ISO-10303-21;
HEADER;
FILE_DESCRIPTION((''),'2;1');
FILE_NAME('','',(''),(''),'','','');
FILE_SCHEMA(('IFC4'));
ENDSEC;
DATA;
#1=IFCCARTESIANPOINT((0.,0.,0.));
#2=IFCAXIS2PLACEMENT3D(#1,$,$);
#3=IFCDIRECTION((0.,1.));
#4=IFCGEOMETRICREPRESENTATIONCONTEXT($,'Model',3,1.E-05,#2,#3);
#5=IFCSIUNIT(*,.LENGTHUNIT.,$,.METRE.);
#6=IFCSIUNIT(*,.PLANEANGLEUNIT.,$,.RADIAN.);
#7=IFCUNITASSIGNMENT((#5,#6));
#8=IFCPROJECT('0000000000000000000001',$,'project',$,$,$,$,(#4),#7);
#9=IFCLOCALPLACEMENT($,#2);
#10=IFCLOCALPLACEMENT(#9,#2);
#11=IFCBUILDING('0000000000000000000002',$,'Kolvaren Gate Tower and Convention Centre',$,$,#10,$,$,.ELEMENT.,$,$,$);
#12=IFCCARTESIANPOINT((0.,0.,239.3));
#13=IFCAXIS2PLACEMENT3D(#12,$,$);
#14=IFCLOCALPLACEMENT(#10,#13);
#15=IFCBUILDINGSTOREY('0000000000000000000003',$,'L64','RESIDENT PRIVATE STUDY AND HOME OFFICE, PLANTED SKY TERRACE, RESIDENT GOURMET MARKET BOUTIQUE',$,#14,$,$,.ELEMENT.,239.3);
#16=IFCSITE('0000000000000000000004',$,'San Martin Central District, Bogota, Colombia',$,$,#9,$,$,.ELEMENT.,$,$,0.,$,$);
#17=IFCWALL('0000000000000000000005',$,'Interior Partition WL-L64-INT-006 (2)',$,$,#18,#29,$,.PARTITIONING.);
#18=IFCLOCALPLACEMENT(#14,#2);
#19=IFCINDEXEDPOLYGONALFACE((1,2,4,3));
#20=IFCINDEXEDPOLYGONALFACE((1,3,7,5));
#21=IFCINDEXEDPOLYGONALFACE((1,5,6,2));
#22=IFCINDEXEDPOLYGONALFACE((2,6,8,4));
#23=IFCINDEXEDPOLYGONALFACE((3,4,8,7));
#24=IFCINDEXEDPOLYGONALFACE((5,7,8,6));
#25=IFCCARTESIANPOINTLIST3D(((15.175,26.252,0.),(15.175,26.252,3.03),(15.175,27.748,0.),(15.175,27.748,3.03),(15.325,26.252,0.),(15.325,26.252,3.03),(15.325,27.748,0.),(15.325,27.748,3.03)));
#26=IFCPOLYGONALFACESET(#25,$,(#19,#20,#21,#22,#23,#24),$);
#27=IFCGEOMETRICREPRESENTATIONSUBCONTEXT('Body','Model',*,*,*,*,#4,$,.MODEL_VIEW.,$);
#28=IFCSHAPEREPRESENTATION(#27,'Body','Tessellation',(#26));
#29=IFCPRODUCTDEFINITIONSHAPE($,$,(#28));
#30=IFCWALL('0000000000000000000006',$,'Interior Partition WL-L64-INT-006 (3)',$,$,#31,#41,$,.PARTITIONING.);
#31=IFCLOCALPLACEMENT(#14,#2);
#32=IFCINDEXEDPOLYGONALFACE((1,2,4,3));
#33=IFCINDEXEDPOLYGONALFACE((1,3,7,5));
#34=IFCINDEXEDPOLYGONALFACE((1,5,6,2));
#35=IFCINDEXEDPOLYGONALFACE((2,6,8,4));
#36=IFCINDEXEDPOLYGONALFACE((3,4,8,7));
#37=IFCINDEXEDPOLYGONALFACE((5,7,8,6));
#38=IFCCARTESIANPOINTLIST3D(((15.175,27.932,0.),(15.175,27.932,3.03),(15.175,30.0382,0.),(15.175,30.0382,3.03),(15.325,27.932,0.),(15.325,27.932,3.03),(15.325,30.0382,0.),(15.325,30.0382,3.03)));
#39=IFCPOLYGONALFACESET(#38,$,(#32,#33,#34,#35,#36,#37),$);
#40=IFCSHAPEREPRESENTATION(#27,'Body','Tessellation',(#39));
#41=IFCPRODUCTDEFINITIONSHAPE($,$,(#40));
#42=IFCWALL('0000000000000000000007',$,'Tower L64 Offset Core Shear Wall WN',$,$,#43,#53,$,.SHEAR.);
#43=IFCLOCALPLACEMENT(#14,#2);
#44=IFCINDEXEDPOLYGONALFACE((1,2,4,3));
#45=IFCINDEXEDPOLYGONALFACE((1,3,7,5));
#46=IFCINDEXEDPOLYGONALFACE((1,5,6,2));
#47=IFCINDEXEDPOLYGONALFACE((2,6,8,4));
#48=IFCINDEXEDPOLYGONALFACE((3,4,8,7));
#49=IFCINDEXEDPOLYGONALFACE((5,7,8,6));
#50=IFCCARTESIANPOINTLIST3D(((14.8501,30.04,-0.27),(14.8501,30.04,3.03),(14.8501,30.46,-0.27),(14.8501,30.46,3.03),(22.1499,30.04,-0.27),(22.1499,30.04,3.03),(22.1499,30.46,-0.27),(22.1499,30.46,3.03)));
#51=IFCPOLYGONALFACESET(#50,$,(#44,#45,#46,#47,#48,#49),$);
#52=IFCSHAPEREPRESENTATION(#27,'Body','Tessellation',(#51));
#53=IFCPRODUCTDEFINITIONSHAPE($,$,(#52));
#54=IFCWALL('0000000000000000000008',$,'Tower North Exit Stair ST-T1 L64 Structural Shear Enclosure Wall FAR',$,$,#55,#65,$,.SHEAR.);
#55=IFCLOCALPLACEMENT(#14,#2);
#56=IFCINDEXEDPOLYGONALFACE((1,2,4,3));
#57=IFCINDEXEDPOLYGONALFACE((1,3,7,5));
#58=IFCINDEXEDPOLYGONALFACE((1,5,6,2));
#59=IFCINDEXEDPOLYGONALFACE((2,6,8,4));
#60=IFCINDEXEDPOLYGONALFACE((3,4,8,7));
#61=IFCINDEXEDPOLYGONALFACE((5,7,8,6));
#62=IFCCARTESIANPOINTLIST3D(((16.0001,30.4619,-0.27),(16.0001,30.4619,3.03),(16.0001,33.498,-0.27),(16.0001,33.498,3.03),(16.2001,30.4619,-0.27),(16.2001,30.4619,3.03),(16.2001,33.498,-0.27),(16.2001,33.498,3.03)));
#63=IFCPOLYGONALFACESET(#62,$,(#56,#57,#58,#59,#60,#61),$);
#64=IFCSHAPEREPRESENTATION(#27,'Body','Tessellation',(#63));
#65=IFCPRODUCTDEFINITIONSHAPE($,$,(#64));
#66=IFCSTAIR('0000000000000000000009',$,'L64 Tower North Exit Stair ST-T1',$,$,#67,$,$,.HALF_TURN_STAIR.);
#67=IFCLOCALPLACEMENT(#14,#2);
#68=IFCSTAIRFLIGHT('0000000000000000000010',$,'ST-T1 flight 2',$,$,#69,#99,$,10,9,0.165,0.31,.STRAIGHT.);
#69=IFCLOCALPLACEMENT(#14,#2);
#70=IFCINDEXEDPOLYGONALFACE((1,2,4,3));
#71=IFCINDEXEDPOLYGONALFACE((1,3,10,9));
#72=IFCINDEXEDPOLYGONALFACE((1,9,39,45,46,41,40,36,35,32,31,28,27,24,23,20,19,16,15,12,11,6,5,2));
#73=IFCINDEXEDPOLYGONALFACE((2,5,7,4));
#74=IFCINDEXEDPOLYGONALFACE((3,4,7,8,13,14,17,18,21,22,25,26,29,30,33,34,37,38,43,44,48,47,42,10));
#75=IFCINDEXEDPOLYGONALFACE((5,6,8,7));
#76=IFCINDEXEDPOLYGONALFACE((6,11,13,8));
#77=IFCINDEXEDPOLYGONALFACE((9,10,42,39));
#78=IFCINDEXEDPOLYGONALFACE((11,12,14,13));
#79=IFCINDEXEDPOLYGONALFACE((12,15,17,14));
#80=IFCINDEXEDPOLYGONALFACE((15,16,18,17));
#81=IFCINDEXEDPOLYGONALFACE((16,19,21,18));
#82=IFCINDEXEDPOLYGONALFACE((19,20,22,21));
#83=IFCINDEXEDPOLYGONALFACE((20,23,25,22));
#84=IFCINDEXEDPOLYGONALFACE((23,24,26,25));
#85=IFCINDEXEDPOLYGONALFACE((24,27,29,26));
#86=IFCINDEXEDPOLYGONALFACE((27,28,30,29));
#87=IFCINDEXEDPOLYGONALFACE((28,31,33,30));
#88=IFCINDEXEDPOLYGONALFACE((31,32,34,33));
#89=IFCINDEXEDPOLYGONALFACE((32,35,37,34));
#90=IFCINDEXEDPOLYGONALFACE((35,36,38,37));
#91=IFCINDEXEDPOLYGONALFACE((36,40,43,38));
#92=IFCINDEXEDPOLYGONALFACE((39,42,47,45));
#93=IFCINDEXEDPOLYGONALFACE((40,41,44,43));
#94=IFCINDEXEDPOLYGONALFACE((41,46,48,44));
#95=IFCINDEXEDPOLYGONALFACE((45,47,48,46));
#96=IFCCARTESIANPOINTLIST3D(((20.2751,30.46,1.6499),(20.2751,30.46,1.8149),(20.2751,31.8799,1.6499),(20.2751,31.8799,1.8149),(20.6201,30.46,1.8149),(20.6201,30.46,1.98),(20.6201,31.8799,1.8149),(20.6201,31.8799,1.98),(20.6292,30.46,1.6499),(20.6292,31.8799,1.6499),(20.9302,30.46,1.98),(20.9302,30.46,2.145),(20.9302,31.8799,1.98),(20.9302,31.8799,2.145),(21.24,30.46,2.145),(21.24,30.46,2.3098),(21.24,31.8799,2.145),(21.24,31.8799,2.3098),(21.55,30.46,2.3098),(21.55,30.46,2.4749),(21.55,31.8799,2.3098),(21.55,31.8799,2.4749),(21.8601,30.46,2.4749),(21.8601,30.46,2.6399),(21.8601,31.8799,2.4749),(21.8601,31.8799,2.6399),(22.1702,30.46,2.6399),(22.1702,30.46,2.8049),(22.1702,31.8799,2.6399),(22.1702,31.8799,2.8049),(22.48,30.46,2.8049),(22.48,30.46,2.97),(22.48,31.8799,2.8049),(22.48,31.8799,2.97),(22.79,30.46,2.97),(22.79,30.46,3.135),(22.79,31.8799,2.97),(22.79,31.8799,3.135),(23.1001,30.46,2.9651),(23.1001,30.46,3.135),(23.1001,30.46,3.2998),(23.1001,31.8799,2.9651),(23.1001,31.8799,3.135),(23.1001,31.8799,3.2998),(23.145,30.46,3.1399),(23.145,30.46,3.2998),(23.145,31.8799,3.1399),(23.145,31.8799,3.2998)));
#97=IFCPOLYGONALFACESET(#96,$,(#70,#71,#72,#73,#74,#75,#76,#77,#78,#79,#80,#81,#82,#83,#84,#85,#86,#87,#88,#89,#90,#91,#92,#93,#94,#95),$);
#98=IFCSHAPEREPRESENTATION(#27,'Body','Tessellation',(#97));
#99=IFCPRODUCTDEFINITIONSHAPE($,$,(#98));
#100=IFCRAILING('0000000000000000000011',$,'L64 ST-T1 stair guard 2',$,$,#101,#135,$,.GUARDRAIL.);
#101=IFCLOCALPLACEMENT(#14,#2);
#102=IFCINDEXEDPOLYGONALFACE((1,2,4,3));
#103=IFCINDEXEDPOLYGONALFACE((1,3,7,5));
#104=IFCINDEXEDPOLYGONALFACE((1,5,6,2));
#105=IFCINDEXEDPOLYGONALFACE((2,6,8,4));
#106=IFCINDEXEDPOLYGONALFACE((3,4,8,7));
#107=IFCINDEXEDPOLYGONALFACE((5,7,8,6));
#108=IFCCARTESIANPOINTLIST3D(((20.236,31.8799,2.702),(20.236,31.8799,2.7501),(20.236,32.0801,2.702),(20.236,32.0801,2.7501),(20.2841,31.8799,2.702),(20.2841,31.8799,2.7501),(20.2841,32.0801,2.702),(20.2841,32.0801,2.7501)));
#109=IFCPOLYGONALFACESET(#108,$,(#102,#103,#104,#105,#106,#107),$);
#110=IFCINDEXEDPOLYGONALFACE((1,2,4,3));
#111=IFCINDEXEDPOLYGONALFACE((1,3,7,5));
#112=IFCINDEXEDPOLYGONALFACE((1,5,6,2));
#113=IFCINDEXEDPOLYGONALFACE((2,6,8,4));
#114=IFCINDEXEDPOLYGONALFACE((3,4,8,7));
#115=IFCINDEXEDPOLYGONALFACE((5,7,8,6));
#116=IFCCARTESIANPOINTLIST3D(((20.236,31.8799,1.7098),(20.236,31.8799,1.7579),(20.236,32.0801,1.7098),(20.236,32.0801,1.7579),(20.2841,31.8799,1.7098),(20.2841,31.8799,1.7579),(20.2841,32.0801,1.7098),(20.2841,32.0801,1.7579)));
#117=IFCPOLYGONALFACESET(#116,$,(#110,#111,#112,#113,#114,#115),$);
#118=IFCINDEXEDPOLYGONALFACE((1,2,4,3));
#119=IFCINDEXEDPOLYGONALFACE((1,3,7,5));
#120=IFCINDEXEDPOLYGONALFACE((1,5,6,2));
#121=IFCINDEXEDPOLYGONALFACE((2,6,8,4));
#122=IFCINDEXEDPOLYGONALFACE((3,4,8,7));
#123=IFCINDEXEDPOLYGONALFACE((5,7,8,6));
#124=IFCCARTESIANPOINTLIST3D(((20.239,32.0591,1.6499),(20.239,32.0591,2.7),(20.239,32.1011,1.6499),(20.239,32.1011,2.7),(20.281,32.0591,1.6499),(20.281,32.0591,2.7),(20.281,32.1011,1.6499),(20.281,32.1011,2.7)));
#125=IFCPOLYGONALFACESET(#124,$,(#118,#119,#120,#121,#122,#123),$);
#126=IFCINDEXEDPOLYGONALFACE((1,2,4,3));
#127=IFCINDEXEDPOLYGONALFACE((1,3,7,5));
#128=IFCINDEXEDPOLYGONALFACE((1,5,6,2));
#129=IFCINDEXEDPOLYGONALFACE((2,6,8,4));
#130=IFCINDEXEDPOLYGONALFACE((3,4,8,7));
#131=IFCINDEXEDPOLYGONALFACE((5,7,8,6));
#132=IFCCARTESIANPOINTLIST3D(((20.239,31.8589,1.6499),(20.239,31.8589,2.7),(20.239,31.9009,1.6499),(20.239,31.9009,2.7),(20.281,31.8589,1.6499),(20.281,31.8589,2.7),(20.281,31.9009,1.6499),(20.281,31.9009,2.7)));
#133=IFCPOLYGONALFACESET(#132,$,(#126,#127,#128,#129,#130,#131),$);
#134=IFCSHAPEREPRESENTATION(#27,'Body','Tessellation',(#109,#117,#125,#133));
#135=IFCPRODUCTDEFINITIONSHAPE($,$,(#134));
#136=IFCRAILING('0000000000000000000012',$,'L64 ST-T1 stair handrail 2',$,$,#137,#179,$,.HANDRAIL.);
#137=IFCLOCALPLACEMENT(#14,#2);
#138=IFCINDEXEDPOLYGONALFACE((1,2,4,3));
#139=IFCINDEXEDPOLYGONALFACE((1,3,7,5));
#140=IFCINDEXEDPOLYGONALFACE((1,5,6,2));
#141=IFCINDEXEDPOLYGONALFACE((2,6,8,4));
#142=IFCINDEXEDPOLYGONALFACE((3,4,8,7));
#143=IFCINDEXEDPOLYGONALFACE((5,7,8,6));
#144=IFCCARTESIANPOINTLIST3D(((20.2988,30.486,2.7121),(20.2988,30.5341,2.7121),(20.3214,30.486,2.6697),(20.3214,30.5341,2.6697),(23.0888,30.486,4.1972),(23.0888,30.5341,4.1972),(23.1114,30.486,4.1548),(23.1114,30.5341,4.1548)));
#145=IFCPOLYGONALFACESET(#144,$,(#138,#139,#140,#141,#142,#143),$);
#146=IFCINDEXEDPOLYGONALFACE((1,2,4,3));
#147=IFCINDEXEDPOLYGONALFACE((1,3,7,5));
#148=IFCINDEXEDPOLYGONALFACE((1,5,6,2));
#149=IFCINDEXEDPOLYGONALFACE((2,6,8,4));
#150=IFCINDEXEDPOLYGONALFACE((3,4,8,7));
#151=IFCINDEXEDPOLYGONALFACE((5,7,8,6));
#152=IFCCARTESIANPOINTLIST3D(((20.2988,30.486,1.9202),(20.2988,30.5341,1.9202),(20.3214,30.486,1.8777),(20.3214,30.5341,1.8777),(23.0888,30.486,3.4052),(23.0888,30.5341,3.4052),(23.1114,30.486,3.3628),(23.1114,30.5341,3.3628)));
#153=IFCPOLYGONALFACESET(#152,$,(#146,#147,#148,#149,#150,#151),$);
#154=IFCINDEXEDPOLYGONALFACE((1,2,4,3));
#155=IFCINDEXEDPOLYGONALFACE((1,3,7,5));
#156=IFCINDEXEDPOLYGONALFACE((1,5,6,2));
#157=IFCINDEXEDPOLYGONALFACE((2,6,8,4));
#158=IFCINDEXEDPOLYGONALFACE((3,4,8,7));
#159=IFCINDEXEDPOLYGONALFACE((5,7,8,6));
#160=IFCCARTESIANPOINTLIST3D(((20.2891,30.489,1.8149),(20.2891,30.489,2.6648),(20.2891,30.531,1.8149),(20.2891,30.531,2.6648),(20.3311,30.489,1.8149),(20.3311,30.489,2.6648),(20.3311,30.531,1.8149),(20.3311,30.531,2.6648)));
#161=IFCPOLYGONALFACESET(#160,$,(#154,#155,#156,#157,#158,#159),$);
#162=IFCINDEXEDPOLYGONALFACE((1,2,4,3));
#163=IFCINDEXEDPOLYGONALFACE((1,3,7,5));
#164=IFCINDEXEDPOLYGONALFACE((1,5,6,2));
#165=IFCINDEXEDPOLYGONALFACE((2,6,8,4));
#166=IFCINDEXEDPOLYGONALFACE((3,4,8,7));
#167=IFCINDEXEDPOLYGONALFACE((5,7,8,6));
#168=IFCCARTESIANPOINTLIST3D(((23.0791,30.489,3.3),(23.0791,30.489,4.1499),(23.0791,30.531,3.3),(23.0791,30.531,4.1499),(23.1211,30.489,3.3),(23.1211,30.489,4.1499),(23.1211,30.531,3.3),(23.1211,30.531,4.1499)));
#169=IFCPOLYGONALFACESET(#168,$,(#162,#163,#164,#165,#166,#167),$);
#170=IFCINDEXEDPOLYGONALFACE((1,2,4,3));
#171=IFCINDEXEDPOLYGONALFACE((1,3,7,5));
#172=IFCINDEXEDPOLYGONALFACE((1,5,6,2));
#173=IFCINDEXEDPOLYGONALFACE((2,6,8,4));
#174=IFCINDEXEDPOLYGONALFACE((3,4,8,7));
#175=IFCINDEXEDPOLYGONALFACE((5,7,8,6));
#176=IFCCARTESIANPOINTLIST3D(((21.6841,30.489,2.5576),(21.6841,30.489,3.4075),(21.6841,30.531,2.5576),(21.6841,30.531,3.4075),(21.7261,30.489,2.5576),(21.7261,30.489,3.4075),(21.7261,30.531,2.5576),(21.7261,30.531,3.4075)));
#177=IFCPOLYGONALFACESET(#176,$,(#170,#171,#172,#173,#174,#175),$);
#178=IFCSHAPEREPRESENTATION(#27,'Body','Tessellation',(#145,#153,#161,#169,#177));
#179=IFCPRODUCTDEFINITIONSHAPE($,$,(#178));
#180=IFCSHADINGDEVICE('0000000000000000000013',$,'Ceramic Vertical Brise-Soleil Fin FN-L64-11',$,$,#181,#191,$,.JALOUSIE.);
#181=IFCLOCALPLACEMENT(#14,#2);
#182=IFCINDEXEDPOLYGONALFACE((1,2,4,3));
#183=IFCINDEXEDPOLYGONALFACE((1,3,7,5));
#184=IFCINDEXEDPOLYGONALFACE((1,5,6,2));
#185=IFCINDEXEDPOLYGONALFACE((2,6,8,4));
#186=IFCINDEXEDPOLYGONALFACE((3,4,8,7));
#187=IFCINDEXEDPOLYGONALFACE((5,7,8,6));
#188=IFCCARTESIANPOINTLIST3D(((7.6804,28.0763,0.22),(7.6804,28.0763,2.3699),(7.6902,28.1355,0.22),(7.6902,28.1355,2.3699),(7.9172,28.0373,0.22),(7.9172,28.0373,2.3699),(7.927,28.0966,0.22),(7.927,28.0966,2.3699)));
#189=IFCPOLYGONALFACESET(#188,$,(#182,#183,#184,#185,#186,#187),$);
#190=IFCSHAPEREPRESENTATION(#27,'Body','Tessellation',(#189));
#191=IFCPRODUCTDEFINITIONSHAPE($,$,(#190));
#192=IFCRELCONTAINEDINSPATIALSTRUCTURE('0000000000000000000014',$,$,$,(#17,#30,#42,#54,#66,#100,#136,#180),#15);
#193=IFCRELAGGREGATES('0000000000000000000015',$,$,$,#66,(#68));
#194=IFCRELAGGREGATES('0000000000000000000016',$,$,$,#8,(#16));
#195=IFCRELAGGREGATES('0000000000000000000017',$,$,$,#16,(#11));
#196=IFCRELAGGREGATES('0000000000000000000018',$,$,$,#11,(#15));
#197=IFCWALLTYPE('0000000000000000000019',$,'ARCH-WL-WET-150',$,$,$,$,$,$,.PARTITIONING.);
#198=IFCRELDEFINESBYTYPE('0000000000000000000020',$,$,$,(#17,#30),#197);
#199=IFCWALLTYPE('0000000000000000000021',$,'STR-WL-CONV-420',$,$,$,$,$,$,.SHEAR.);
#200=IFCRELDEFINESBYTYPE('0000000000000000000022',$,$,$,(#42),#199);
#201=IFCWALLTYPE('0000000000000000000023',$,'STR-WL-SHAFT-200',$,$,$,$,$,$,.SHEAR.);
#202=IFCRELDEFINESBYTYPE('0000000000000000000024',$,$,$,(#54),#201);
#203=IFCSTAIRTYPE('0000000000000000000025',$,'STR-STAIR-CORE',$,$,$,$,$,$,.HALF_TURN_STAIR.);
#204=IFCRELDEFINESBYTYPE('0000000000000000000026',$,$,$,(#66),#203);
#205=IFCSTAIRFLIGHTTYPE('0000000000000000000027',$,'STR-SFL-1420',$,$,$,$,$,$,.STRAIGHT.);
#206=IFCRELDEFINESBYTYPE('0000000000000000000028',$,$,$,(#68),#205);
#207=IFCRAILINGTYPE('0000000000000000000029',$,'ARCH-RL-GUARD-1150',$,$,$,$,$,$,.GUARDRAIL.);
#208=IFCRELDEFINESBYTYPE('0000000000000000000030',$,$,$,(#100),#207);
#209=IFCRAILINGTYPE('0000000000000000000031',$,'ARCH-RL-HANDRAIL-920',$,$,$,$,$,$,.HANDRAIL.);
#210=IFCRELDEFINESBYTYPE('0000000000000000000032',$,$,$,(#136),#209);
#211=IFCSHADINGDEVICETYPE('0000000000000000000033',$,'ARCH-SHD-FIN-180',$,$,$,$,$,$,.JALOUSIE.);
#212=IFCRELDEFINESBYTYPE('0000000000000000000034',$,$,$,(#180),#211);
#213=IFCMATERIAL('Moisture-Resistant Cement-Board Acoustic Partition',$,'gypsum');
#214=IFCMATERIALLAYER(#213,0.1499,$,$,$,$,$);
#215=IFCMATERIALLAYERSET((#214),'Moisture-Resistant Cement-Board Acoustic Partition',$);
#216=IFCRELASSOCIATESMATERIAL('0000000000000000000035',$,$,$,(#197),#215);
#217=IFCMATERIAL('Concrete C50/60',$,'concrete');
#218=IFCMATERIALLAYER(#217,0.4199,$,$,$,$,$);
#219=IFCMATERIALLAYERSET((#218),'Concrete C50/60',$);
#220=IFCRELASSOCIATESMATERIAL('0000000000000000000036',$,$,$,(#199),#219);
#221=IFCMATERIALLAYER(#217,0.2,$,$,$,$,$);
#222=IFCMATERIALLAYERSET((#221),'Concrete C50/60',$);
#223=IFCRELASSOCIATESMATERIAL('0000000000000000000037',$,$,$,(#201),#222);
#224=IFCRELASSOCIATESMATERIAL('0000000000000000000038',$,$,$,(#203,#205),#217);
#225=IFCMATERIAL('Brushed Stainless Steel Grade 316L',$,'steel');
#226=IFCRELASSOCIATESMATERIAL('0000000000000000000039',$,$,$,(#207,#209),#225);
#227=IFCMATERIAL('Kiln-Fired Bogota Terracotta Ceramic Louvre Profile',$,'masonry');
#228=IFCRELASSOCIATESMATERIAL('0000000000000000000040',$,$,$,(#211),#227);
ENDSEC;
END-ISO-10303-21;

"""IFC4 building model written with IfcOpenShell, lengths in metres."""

from ifc_helpers import new_model, si_unit, direction, frame, frame_2d, origin, origin_2d, place, context, subcontext, project, spatial, polyline, rectangle, outline, extrude, material, layer, layer_set, type_object, element, aggregate, save


model = new_model("IFC4")

# Units and contexts
model_context = context("Model", 3, precision=1e-05, world=origin(), true_north=direction((0.0, 1.0)))
body_context = subcontext(model_context, "Body", "Model", "MODEL_VIEW")
ifc_project = project(units=[si_unit("LENGTHUNIT", "METRE"), si_unit("PLANEANGLEUNIT", "RADIAN")], contexts=[model_context])

# Site, building, storey
site_placement = place(None, origin())
site = spatial("IfcSite", under=ifc_project, at=site_placement, Name="San Martin Central District, Bogota, Colombia", CompositionType="ELEMENT", RefElevation=0.0)
building_placement = place(site_placement, origin())
building = spatial("IfcBuilding", under=site, at=building_placement, Name="Kolvaren Gate Tower and Convention Centre", CompositionType="ELEMENT")
storey_placement = place(building_placement, frame((0.0, 0.0, 239.3)))
storey = spatial("IfcBuildingStorey", under=building, at=storey_placement, Name="L64", Description="RESIDENT PRIVATE STUDY AND HOME OFFICE, PLANTED SKY TERRACE, RESIDENT GOURMET MARKET BOUTIQUE", CompositionType="ELEMENT", Elevation=239.3)

# Walls
ifc_material_1 = material(Name="Moisture-Resistant Cement-Board Acoustic Partition", Category="gypsum")
ifc_layer_1 = layer(ifc_material_1, 0.1499)
ifc_layer_set_1 = layer_set([ifc_layer_1], Name="Moisture-Resistant Cement-Board Acoustic Partition")
wall_type_1 = type_object("IfcWallType", Name="ARCH-WL-WET-150", PredefinedType="PARTITIONING", material=ifc_layer_set_1)
wall_1_placement = place(storey_placement, frame((15.25, 26.252, 0.0), z_axis=(0.0, 0.0, 1.0), x_axis=(0.0, 1.0, 0.0)))
element("IfcWall", 1, at=wall_1_placement, inside=storey, type_object=wall_type_1, Name="Interior Partition WL-L64-INT-006 (2)", PredefinedType="PARTITIONING", context=body_context, shape_type="SweptSolid", body=[
    extrude(rectangle(XDim=1.4961, YDim=0.1499, at=frame_2d((0.748, 0.0))), origin(), (0.0, 0.0, 1.0), 3.03),
])
wall_2_placement = place(storey_placement, frame((15.25, 27.9319, 0.0), z_axis=(0.0, 0.0, 1.0), x_axis=(0.0, 1.0, 0.0)))
element("IfcWall", 2, at=wall_2_placement, inside=storey, type_object=wall_type_1, Name="Interior Partition WL-L64-INT-006 (3)", PredefinedType="PARTITIONING", context=body_context, shape_type="SweptSolid", body=[
    extrude(rectangle(XDim=2.1062, YDim=0.1499, at=frame_2d((1.0532, 0.0))), origin(), (0.0, 0.0, 1.0), 3.03),
])
ifc_material_2 = material(Name="Concrete C50/60", Category="concrete")
ifc_layer_2 = layer(ifc_material_2, 0.4199)
ifc_layer_set_2 = layer_set([ifc_layer_2], Name="Concrete C50/60")
wall_type_2 = type_object("IfcWallType", Name="STR-WL-CONV-420", PredefinedType="SHEAR", material=ifc_layer_set_2)
wall_3_placement = place(storey_placement, frame((14.8501, 30.25, -0.27), z_axis=(0.0, 0.0, 1.0), x_axis=(1.0, 0.0, 0.0)))
element("IfcWall", 3, at=wall_3_placement, inside=storey, type_object=wall_type_2, Name="Tower L64 Offset Core Shear Wall WN", PredefinedType="SHEAR", context=body_context, shape_type="SweptSolid", body=[
    extrude(rectangle(XDim=7.2998, YDim=0.4199, at=frame_2d((3.6499, 0.0))), origin(), (0.0, 0.0, 1.0), 3.3),
])
ifc_layer_3 = layer(ifc_material_2, 0.2)
ifc_layer_set_3 = layer_set([ifc_layer_3], Name="Concrete C50/60")
wall_type_3 = type_object("IfcWallType", Name="STR-WL-SHAFT-200", PredefinedType="SHEAR", material=ifc_layer_set_3)
wall_4_placement = place(storey_placement, frame((16.1001, 30.4619, -0.27), z_axis=(0.0, 0.0, 1.0), x_axis=(0.0, 1.0, 0.0)))
element("IfcWall", 4, at=wall_4_placement, inside=storey, type_object=wall_type_3, Name="Tower North Exit Stair ST-T1 L64 Structural Shear Enclosure Wall FAR", PredefinedType="SHEAR", context=body_context, shape_type="SweptSolid", body=[
    extrude(rectangle(XDim=3.0361, YDim=0.2, at=frame_2d((1.5181, 0.0))), origin(), (0.0, 0.0, 1.0), 3.3),
])

# Stair, stair flight
stair_type = type_object("IfcStairType", Name="STR-STAIR-CORE", PredefinedType="HALF_TURN_STAIR", material=ifc_material_2)
stair_placement = place(storey_placement, origin())
stair = element("IfcStair", 5, at=stair_placement, inside=storey, type_object=stair_type, Name="L64 Tower North Exit Stair ST-T1", PredefinedType="HALF_TURN_STAIR")
stair_flight_type = type_object("IfcStairFlightType", Name="STR-SFL-1420", PredefinedType="STRAIGHT", material=ifc_material_2)
stair_flight_placement = place(storey_placement, frame((20.3101, 31.1699, 1.6499), z_axis=(0.0, 0.0, 1.0), x_axis=(1.0, 0.0, 0.0)))
stair_flight = element("IfcStairFlight", 6, at=stair_flight_placement, type_object=stair_flight_type, Name="ST-T1 flight 2", NumberOfRisers=10, NumberOfTreads=9, PredefinedType="STRAIGHT", RiserHeight=0.165, TreadLength=0.31, context=body_context, shape_type="SweptSolid", body=[
    extrude(outline(polyline([(-0.0349, 0.0), (-0.0349, 0.165), (0.3101, 0.165), (0.3101, 0.3301), (0.6201, 0.3301), (0.6201, 0.4951), (0.9299, 0.4951), (0.9299, 0.6599), (1.24, 0.6599), (1.24, 0.825), (1.55, 0.825), (1.55, 0.99), (1.8601, 0.99), (1.8601, 1.155), (2.1699, 1.155), (2.1699, 1.3201), (2.48, 1.3201), (2.48, 1.4851), (2.79, 1.4851), (2.79, 1.6499), (2.835, 1.6499), (2.835, 1.49), (2.79, 1.3152), (0.3191, 0.0), (-0.0349, 0.0)])), frame((0.0, 0.71, 0.0), z_axis=(0.0, -1.0, 0.0), x_axis=(1.0, 0.0, 0.0)), (0.0, 0.0, 1.0), 1.4199),
])
aggregate(stair, [stair_flight])

# Railings
ifc_material_3 = material(Name="Brushed Stainless Steel Grade 316L", Category="steel")
railing_type_1 = type_object("IfcRailingType", Name="ARCH-RL-GUARD-1150", PredefinedType="GUARDRAIL", material=ifc_material_3)
railing_1_placement = place(storey_placement, frame((20.26, 32.0801, 1.6499)))
element("IfcRailing", 7, at=railing_1_placement, inside=storey, type_object=railing_type_1, Name="L64 ST-T1 stair guard 2", PredefinedType="GUARDRAIL", context=body_context, shape_type="SweptSolid", body=[
    extrude(rectangle(XDim=0.0481, YDim=0.0481, at=origin_2d()), frame((0.0, 0.0, 1.0762), z_axis=(0.0, -1.0, 0.0), x_axis=(1.0, 0.0, 0.0)), (0.0, 0.0, 1.0), 0.2002),
    extrude(rectangle(XDim=0.0481, YDim=0.0481, at=origin_2d()), frame((0.0, 0.0, 0.084), z_axis=(0.0, -1.0, 0.0), x_axis=(1.0, 0.0, 0.0)), (0.0, 0.0, 1.0), 0.2002),
    extrude(rectangle(XDim=0.042, YDim=0.042, at=origin_2d()), origin(), (0.0, 0.0, 1.0), 1.05),
    extrude(rectangle(XDim=0.042, YDim=0.042, at=origin_2d()), frame((0.0, -0.2002, 0.0)), (0.0, 0.0, 1.0), 1.05),
])
railing_type_2 = type_object("IfcRailingType", Name="ARCH-RL-HANDRAIL-920", PredefinedType="HANDRAIL", material=ifc_material_3)
railing_2_placement = place(storey_placement, frame((20.3101, 30.51, 1.8149)))
element("IfcRailing", 8, at=railing_2_placement, inside=storey, type_object=railing_type_2, Name="L64 ST-T1 stair handrail 2", PredefinedType="HANDRAIL", context=body_context, shape_type="SweptSolid", body=[
    extrude(rectangle(XDim=0.0481, YDim=0.0481, at=origin_2d()), frame((0.0, 0.0, 0.876), z_axis=(0.882735, 0.0, 0.46987), x_axis=(0.0, 1.0, 0.0)), (0.0, 0.0, 1.0), 3.1606),
    extrude(rectangle(XDim=0.0481, YDim=0.0481, at=origin_2d()), frame((0.0, 0.0, 0.084), z_axis=(0.882735, 0.0, 0.46987), x_axis=(0.0, 1.0, 0.0)), (0.0, 0.0, 1.0), 3.1606),
    extrude(rectangle(XDim=0.042, YDim=0.042, at=origin_2d()), origin(), (0.0, 0.0, 1.0), 0.8499),
    extrude(rectangle(XDim=0.042, YDim=0.042, at=origin_2d()), frame((2.79, 0.0, 1.4851)), (0.0, 0.0, 1.0), 0.8499),
    extrude(rectangle(XDim=0.042, YDim=0.042, at=origin_2d()), frame((1.395, 0.0, 0.7427)), (0.0, 0.0, 1.0), 0.8499),
])

# Shading device
ifc_material_4 = material(Name="Kiln-Fired Bogota Terracotta Ceramic Louvre Profile", Category="masonry")
shading_device_type = type_object("IfcShadingDeviceType", Name="ARCH-SHD-FIN-180", PredefinedType="JALOUSIE", material=ifc_material_4)
shading_device_placement = place(storey_placement, frame((7.8037, 28.0864, 0.22), z_axis=(0.0, 0.0, 1.0), x_axis=(0.162389, 0.986727, 0.0)))
element("IfcShadingDevice", 9, at=shading_device_placement, inside=storey, type_object=shading_device_type, Name="Ceramic Vertical Brise-Soleil Fin FN-L64-11", PredefinedType="JALOUSIE", context=body_context, shape_type="SweptSolid", body=[
    extrude(rectangle(XDim=0.0601, YDim=0.24, at=origin_2d()), origin(), (0.0, 0.0, 1.0), 2.1499),
])

save(model, "model.ifc")
